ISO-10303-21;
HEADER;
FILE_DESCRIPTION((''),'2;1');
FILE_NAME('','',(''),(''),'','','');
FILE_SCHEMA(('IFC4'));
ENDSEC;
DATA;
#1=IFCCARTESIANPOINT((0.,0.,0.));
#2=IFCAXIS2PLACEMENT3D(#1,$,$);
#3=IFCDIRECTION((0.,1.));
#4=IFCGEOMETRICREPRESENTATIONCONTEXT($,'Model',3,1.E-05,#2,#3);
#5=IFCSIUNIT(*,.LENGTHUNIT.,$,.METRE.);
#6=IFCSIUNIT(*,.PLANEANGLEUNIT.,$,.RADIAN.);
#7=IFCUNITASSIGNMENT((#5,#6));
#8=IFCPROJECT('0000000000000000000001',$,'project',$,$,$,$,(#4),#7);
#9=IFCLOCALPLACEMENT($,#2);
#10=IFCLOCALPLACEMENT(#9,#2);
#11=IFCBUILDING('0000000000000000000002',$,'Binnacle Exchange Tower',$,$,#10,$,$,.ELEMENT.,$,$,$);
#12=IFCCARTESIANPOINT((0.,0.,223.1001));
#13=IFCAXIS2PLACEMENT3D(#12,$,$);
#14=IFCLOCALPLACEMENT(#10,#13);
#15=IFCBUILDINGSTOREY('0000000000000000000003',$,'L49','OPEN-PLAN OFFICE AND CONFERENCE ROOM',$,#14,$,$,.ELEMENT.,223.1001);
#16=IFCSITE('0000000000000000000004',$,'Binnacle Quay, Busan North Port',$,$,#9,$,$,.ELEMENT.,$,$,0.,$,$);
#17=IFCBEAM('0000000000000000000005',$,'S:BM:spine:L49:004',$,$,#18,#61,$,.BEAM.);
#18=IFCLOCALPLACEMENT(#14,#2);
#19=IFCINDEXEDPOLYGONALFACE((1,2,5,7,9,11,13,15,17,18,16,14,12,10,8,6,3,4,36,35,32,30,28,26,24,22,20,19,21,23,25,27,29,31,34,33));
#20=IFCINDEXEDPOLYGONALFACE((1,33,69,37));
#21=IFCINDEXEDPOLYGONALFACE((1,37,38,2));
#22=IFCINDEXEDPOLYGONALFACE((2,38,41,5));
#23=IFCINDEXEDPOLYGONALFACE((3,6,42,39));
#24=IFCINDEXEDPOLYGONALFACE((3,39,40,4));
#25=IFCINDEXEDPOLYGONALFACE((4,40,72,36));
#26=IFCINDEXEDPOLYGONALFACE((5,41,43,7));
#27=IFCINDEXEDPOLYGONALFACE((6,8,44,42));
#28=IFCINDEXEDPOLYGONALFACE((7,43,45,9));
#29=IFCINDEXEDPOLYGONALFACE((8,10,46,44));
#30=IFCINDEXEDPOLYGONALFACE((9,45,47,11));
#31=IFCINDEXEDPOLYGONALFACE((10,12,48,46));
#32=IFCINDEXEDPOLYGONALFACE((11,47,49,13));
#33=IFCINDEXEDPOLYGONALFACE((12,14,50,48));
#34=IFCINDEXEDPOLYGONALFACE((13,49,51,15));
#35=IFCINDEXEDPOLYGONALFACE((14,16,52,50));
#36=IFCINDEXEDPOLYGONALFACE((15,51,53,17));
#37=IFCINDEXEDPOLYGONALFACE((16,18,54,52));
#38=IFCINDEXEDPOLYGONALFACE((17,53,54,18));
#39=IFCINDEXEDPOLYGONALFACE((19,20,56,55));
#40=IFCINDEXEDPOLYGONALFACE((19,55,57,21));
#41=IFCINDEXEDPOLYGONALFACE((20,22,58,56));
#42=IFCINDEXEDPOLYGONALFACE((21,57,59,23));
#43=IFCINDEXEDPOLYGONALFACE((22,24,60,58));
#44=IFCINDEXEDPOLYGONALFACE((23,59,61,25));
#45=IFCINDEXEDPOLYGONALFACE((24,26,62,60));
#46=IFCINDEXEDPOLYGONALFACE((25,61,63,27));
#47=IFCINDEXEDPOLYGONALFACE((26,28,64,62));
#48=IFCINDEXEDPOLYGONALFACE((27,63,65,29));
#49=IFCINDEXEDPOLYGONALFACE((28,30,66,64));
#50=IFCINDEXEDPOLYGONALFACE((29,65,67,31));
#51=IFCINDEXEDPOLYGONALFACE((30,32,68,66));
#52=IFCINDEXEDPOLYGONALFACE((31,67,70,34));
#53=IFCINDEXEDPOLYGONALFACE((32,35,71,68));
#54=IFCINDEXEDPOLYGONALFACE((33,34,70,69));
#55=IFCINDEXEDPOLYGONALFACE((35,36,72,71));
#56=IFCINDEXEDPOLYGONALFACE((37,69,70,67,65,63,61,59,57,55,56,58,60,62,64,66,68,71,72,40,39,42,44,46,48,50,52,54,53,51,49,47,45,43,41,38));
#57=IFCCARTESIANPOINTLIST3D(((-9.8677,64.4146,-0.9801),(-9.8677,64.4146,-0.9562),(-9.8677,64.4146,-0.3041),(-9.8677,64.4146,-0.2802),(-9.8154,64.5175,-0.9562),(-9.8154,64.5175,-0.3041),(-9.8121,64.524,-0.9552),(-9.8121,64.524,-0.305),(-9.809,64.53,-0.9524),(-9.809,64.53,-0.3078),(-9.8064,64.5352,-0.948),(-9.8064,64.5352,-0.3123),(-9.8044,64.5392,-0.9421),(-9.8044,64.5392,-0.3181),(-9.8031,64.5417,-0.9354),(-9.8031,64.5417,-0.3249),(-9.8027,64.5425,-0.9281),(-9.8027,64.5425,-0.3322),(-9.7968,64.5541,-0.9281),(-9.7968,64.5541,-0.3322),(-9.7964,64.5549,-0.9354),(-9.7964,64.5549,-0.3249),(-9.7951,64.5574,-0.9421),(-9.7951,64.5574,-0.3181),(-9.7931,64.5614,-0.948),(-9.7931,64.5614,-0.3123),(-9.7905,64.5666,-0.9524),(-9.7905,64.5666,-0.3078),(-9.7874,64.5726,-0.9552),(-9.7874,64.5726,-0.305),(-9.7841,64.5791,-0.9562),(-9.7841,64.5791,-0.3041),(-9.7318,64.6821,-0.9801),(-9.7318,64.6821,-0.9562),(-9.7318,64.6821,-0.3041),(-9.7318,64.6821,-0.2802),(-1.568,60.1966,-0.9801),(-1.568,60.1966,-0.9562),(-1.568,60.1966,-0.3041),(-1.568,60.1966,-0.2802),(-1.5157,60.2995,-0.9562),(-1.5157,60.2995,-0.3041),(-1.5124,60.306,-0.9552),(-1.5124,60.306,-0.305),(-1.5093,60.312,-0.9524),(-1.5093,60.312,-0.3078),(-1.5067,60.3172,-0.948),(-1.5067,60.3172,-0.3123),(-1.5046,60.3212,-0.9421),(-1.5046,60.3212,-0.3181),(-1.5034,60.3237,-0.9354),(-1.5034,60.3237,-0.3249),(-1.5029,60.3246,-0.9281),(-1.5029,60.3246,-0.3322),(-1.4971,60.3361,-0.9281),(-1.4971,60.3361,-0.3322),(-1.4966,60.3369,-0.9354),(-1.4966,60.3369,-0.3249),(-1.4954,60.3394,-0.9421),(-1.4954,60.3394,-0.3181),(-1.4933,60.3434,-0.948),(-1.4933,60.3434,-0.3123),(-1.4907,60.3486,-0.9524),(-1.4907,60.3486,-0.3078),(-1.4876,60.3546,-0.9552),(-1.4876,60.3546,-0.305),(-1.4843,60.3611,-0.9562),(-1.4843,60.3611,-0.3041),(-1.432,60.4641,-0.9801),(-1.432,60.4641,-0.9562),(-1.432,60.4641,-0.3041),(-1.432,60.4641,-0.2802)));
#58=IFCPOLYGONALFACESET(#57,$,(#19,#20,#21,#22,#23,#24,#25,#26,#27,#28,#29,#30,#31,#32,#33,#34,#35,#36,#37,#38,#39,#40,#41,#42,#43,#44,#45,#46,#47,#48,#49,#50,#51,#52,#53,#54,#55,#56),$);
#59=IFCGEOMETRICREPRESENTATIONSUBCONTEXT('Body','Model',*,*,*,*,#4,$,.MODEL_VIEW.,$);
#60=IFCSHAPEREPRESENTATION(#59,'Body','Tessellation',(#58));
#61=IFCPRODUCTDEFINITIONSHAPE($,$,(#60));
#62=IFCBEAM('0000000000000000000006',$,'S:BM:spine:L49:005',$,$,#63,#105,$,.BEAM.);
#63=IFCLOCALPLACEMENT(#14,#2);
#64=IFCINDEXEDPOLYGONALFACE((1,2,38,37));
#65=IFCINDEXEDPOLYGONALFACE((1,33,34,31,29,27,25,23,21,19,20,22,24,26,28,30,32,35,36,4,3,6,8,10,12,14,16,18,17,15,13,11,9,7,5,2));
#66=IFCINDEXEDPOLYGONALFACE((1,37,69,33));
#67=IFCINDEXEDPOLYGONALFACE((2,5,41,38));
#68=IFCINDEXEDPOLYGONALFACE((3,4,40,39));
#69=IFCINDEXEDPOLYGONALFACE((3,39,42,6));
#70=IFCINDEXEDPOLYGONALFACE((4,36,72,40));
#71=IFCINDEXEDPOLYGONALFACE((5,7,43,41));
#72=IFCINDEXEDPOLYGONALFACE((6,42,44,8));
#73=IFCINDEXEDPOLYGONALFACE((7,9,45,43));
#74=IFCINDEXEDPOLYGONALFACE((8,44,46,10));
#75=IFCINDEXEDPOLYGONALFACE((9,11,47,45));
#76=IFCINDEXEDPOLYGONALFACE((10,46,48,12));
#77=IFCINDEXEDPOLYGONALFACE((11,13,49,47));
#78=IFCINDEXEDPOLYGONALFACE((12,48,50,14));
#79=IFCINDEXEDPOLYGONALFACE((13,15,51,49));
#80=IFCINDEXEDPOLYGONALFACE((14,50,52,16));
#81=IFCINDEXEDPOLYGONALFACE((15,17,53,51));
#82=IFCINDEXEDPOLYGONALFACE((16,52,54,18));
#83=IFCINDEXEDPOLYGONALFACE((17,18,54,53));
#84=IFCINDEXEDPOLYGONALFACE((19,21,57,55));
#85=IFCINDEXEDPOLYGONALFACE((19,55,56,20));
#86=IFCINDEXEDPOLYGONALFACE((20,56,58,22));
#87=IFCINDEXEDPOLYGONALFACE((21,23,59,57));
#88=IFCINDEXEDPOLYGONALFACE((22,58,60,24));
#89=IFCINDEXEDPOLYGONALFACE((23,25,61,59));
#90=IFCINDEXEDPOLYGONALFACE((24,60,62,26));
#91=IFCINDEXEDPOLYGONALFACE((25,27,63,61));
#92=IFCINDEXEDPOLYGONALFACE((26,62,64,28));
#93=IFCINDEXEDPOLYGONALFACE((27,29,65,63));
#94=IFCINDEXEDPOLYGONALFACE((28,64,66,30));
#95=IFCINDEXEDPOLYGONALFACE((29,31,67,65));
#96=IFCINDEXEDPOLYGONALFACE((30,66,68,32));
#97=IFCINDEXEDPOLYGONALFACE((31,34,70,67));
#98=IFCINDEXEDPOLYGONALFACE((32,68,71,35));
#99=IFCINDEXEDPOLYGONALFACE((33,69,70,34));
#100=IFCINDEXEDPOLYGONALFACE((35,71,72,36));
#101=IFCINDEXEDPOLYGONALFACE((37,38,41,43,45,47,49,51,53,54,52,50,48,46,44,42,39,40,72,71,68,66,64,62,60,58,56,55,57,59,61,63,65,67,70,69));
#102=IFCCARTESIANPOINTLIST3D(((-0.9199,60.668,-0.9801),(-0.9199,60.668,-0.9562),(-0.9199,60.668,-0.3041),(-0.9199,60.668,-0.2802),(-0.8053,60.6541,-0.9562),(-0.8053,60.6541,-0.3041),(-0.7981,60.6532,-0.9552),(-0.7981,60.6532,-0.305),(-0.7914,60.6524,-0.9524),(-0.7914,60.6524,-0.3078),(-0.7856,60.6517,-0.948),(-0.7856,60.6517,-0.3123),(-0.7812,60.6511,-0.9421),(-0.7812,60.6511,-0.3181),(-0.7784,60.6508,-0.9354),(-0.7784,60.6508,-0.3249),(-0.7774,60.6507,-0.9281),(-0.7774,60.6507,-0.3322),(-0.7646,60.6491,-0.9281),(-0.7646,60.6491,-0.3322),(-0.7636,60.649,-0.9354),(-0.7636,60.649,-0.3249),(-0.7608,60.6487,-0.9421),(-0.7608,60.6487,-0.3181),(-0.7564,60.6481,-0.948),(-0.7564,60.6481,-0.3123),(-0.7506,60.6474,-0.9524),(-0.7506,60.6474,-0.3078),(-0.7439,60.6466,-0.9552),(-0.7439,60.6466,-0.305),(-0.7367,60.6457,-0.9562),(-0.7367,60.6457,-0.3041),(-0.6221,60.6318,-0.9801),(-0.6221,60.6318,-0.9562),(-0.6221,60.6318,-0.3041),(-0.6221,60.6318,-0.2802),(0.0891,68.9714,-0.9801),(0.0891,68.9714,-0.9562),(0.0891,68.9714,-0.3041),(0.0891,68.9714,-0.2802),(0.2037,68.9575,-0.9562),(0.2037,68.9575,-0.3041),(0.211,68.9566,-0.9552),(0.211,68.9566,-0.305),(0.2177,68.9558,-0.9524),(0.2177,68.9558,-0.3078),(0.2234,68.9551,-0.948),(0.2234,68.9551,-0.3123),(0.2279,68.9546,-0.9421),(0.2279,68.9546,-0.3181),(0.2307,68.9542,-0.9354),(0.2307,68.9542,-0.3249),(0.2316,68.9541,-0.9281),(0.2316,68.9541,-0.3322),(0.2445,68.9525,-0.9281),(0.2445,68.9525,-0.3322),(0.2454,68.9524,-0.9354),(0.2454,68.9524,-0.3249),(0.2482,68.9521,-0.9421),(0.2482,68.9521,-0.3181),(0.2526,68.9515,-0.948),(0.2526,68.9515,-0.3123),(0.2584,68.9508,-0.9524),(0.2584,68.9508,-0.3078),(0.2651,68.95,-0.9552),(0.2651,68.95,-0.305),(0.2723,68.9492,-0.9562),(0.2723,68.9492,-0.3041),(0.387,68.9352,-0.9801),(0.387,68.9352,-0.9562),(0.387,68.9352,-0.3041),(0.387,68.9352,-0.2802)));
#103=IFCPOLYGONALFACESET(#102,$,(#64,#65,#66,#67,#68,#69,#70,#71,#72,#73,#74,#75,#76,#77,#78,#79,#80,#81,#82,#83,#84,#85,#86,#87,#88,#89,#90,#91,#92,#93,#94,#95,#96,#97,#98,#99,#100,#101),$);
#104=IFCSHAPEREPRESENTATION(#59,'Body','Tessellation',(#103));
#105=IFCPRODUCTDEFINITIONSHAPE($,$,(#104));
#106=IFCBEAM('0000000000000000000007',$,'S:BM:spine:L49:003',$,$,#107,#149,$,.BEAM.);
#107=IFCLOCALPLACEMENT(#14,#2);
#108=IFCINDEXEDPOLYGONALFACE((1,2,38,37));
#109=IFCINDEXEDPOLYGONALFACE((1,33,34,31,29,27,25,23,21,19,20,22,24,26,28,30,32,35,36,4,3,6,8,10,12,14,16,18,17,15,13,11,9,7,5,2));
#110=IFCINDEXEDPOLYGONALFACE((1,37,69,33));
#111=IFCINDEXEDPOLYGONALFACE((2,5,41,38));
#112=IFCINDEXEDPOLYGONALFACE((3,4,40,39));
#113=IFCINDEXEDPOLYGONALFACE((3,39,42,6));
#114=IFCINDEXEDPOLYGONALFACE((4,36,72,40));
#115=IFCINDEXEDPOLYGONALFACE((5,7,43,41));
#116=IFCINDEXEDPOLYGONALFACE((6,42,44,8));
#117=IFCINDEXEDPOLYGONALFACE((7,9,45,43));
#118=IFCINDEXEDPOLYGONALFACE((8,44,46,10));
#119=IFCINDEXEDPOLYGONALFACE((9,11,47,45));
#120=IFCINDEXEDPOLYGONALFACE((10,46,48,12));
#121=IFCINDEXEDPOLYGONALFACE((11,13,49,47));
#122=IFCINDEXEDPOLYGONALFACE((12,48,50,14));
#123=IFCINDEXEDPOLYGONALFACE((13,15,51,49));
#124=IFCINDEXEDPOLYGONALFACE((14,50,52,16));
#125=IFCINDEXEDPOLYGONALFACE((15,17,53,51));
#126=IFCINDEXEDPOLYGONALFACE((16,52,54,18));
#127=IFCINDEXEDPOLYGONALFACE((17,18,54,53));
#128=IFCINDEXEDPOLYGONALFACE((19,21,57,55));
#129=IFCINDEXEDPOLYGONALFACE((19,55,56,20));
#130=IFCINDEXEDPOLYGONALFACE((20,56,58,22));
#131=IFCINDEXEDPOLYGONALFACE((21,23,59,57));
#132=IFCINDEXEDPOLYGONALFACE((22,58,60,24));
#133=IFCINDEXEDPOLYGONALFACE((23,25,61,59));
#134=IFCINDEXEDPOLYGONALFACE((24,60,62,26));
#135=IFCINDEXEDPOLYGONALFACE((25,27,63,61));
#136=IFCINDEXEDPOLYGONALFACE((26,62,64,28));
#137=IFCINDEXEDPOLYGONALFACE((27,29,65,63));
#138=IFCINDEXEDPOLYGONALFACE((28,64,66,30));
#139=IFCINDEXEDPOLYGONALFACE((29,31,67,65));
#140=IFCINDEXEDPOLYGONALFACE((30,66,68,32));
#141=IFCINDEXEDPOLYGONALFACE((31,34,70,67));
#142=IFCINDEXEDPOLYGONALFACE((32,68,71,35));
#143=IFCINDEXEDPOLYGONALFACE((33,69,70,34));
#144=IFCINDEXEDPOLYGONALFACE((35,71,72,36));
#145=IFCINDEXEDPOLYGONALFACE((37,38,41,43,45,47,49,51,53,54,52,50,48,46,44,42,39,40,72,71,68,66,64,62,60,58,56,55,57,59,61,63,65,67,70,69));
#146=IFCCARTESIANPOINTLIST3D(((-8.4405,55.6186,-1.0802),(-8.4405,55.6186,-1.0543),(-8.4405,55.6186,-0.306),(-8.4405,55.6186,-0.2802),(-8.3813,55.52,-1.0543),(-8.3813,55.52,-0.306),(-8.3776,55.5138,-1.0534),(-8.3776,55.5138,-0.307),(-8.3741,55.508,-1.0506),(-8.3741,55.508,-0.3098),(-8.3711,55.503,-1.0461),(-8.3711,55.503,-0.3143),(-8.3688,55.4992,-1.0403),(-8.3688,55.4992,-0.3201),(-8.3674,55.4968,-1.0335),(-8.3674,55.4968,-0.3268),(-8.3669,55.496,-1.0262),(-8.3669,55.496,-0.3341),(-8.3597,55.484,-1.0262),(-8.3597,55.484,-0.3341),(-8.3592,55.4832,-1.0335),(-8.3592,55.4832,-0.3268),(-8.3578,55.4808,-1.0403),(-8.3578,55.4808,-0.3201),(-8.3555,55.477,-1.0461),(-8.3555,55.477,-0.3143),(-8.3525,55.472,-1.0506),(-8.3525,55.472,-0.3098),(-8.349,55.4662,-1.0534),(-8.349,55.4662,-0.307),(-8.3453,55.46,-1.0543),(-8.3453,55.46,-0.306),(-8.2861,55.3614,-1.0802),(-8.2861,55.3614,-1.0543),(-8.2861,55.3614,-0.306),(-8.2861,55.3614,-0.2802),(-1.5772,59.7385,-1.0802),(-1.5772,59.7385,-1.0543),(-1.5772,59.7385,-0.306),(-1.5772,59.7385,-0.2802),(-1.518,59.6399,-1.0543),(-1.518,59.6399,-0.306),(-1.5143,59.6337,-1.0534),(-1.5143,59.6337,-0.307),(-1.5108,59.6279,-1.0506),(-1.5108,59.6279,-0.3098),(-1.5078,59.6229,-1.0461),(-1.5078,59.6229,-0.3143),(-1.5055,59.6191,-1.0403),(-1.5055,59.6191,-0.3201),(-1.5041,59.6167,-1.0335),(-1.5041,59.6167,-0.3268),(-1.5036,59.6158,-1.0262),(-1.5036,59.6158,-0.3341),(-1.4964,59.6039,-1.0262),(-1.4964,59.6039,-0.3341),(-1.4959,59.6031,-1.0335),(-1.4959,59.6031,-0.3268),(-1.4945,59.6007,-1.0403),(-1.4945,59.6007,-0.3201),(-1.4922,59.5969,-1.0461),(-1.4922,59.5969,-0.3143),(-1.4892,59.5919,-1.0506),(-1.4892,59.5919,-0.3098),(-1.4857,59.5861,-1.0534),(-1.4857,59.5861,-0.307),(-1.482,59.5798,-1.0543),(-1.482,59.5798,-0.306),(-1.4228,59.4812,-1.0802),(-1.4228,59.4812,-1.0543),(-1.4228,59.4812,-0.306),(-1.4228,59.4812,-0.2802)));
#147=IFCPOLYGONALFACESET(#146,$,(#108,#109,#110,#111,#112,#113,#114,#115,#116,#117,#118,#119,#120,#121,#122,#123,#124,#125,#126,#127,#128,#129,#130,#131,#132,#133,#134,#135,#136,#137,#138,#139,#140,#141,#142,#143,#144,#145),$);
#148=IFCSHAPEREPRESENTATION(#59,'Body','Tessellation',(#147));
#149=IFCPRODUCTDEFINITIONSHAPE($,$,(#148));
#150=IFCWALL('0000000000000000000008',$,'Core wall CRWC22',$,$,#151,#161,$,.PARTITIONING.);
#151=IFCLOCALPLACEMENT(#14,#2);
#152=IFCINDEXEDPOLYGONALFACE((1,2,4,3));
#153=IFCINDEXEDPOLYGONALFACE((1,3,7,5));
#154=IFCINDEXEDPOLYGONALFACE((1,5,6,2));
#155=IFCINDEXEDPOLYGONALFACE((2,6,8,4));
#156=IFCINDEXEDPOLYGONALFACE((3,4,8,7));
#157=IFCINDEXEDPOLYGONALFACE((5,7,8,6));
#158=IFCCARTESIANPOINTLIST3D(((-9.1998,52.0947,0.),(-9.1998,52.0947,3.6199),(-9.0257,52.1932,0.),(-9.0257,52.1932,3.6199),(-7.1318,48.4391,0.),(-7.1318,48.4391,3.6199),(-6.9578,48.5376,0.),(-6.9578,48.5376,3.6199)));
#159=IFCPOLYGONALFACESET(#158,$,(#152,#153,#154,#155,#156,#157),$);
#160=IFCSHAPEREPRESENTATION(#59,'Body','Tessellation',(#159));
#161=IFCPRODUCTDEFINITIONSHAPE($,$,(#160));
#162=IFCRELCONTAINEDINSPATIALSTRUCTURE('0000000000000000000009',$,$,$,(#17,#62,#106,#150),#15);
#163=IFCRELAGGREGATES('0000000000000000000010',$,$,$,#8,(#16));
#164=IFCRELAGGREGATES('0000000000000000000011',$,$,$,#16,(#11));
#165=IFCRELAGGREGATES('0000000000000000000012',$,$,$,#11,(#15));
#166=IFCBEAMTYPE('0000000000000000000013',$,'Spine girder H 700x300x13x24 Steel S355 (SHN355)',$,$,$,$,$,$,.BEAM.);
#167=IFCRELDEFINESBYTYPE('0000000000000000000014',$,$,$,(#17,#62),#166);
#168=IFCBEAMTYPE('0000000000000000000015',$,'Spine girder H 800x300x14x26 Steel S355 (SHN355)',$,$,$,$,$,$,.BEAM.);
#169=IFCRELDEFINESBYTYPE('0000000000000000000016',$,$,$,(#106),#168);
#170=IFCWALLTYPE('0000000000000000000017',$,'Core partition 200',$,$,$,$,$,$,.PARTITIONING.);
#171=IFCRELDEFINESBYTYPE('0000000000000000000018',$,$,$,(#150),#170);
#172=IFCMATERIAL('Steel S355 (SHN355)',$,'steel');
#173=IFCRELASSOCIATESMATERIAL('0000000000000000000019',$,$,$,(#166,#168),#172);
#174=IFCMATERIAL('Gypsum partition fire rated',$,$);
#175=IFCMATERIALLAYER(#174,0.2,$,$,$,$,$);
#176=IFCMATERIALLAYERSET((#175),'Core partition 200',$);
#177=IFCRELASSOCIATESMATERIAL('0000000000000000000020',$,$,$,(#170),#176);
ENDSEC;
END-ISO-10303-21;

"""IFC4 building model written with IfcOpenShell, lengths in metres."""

from ifc_helpers import new_model, si_unit, direction, frame, frame_2d, origin, origin_2d, place, context, subcontext, project, spatial, rectangle, i_section, extrude, material, layer, layer_set, material_profile, profile_set, type_object, element, save


model = new_model("IFC4")

# Units and contexts
model_context = context("Model", 3, precision=1e-05, world=origin(), true_north=direction((0.0, 1.0)))
body_context = subcontext(model_context, "Body", "Model", "MODEL_VIEW")
ifc_project = project(units=[si_unit("LENGTHUNIT", "METRE"), si_unit("PLANEANGLEUNIT", "RADIAN")], contexts=[model_context])

# Site, building, storey
site_placement = place(None, origin())
site = spatial("IfcSite", under=ifc_project, at=site_placement, Name="Binnacle Quay, Busan North Port", CompositionType="ELEMENT", RefElevation=0.0)
building_placement = place(site_placement, origin())
building = spatial("IfcBuilding", under=site, at=building_placement, Name="Binnacle Exchange Tower", CompositionType="ELEMENT")
storey_placement = place(building_placement, frame((0.0, 0.0, 223.1001)))
storey = spatial("IfcBuildingStorey", under=building, at=storey_placement, Name="L49", Description="OPEN-PLAN OFFICE AND CONFERENCE ROOM", CompositionType="ELEMENT", Elevation=223.1001)

# Beams
ifc_material_1 = material(Name="Steel S355 (SHN355)", Category="steel")
ifc_material_profile_1 = material_profile(ifc_material_1, i_section(OverallWidth=0.3, OverallDepth=0.7, WebThickness=0.0129, FlangeThickness=0.0239, FilletRadius=0.0281, at=origin_2d()), Name="H 700x300x13x24")
ifc_profile_set_1 = profile_set([ifc_material_profile_1], Name="Steel S355 (SHN355)")
beam_type_1 = type_object("IfcBeamType", Name="Spine girder H 700x300x13x24 Steel S355 (SHN355)", PredefinedType="BEAM", material=ifc_profile_set_1)
beam_1_placement = place(storey_placement, frame((-1.5, 60.3303, -0.6301), z_axis=(-0.891482, 0.453057, 0.0), x_axis=(-0.453057, -0.891482, 0.0)))
element("IfcBeam", 1, at=beam_1_placement, inside=storey, type_object=beam_type_1, Name="S:BM:spine:L49:004", PredefinedType="BEAM", context=body_context, shape_type="SweptSolid", body=[
    extrude(i_section(OverallWidth=0.3, OverallDepth=0.7, WebThickness=0.0129, FlangeThickness=0.0239, FilletRadius=0.0281, at=origin_2d()), origin(), (0.0, 0.0, 1.0), 9.3101),
])
beam_2_placement = place(storey_placement, frame((-0.771, 60.6499, -0.6301), z_axis=(0.120632, 0.992697, 0.0), x_axis=(-0.992697, 0.120632, 0.0)))
element("IfcBeam", 2, at=beam_2_placement, inside=storey, type_object=beam_type_1, Name="S:BM:spine:L49:005", PredefinedType="BEAM", context=body_context, shape_type="SweptSolid", body=[
    extrude(i_section(OverallWidth=0.3, OverallDepth=0.7, WebThickness=0.0129, FlangeThickness=0.0239, FilletRadius=0.0281, at=origin_2d()), origin(), (0.0, 0.0, 1.0), 8.3645),
])
ifc_material_profile_2 = material_profile(ifc_material_1, i_section(OverallWidth=0.3, OverallDepth=0.8, WebThickness=0.0139, FlangeThickness=0.0259, FilletRadius=0.0281, at=origin_2d()), Name="H 800x300x14x26")
ifc_profile_set_2 = profile_set([ifc_material_profile_2], Name="Steel S355 (SHN355)")
beam_type_2 = type_object("IfcBeamType", Name="Spine girder H 800x300x14x26 Steel S355 (SHN355)", PredefinedType="BEAM", material=ifc_profile_set_2)
beam_3_placement = place(storey_placement, frame((-8.3633, 55.49, -0.6802), z_axis=(0.857388, 0.514671, 0.0), x_axis=(-0.514671, 0.857388, 0.0)))
element("IfcBeam", 3, at=beam_3_placement, inside=storey, type_object=beam_type_2, Name="S:BM:spine:L49:003", PredefinedType="BEAM", context=body_context, shape_type="SweptSolid", body=[
    extrude(i_section(OverallWidth=0.3, OverallDepth=0.8, WebThickness=0.0139, FlangeThickness=0.0259, FilletRadius=0.0281, at=origin_2d()), origin(), (0.0, 0.0, 1.0), 8.0049),
])

# Wall
ifc_material_2 = material(Name="Gypsum partition fire rated")
ifc_layer_1 = layer(ifc_material_2, 0.2)
ifc_layer_set_1 = layer_set([ifc_layer_1], Name="Core partition 200")
wall_type_1 = type_object("IfcWallType", Name="Core partition 200", PredefinedType="PARTITIONING", material=ifc_layer_set_1)
wall_1_placement = place(storey_placement, frame((-9.1128, 52.144, 0.0), z_axis=(0.0, 0.0, 1.0), x_axis=(0.492366, -0.870388, 0.0)))
element("IfcWall", 4, at=wall_1_placement, inside=storey, type_object=wall_type_1, Name="Core wall CRWC22", PredefinedType="PARTITIONING", context=body_context, shape_type="SweptSolid", body=[
    extrude(rectangle(XDim=4.2, YDim=0.2, at=frame_2d((2.1001, 0.0))), origin(), (0.0, 0.0, 1.0), 3.6199),
])

save(model, "model.ifc")
